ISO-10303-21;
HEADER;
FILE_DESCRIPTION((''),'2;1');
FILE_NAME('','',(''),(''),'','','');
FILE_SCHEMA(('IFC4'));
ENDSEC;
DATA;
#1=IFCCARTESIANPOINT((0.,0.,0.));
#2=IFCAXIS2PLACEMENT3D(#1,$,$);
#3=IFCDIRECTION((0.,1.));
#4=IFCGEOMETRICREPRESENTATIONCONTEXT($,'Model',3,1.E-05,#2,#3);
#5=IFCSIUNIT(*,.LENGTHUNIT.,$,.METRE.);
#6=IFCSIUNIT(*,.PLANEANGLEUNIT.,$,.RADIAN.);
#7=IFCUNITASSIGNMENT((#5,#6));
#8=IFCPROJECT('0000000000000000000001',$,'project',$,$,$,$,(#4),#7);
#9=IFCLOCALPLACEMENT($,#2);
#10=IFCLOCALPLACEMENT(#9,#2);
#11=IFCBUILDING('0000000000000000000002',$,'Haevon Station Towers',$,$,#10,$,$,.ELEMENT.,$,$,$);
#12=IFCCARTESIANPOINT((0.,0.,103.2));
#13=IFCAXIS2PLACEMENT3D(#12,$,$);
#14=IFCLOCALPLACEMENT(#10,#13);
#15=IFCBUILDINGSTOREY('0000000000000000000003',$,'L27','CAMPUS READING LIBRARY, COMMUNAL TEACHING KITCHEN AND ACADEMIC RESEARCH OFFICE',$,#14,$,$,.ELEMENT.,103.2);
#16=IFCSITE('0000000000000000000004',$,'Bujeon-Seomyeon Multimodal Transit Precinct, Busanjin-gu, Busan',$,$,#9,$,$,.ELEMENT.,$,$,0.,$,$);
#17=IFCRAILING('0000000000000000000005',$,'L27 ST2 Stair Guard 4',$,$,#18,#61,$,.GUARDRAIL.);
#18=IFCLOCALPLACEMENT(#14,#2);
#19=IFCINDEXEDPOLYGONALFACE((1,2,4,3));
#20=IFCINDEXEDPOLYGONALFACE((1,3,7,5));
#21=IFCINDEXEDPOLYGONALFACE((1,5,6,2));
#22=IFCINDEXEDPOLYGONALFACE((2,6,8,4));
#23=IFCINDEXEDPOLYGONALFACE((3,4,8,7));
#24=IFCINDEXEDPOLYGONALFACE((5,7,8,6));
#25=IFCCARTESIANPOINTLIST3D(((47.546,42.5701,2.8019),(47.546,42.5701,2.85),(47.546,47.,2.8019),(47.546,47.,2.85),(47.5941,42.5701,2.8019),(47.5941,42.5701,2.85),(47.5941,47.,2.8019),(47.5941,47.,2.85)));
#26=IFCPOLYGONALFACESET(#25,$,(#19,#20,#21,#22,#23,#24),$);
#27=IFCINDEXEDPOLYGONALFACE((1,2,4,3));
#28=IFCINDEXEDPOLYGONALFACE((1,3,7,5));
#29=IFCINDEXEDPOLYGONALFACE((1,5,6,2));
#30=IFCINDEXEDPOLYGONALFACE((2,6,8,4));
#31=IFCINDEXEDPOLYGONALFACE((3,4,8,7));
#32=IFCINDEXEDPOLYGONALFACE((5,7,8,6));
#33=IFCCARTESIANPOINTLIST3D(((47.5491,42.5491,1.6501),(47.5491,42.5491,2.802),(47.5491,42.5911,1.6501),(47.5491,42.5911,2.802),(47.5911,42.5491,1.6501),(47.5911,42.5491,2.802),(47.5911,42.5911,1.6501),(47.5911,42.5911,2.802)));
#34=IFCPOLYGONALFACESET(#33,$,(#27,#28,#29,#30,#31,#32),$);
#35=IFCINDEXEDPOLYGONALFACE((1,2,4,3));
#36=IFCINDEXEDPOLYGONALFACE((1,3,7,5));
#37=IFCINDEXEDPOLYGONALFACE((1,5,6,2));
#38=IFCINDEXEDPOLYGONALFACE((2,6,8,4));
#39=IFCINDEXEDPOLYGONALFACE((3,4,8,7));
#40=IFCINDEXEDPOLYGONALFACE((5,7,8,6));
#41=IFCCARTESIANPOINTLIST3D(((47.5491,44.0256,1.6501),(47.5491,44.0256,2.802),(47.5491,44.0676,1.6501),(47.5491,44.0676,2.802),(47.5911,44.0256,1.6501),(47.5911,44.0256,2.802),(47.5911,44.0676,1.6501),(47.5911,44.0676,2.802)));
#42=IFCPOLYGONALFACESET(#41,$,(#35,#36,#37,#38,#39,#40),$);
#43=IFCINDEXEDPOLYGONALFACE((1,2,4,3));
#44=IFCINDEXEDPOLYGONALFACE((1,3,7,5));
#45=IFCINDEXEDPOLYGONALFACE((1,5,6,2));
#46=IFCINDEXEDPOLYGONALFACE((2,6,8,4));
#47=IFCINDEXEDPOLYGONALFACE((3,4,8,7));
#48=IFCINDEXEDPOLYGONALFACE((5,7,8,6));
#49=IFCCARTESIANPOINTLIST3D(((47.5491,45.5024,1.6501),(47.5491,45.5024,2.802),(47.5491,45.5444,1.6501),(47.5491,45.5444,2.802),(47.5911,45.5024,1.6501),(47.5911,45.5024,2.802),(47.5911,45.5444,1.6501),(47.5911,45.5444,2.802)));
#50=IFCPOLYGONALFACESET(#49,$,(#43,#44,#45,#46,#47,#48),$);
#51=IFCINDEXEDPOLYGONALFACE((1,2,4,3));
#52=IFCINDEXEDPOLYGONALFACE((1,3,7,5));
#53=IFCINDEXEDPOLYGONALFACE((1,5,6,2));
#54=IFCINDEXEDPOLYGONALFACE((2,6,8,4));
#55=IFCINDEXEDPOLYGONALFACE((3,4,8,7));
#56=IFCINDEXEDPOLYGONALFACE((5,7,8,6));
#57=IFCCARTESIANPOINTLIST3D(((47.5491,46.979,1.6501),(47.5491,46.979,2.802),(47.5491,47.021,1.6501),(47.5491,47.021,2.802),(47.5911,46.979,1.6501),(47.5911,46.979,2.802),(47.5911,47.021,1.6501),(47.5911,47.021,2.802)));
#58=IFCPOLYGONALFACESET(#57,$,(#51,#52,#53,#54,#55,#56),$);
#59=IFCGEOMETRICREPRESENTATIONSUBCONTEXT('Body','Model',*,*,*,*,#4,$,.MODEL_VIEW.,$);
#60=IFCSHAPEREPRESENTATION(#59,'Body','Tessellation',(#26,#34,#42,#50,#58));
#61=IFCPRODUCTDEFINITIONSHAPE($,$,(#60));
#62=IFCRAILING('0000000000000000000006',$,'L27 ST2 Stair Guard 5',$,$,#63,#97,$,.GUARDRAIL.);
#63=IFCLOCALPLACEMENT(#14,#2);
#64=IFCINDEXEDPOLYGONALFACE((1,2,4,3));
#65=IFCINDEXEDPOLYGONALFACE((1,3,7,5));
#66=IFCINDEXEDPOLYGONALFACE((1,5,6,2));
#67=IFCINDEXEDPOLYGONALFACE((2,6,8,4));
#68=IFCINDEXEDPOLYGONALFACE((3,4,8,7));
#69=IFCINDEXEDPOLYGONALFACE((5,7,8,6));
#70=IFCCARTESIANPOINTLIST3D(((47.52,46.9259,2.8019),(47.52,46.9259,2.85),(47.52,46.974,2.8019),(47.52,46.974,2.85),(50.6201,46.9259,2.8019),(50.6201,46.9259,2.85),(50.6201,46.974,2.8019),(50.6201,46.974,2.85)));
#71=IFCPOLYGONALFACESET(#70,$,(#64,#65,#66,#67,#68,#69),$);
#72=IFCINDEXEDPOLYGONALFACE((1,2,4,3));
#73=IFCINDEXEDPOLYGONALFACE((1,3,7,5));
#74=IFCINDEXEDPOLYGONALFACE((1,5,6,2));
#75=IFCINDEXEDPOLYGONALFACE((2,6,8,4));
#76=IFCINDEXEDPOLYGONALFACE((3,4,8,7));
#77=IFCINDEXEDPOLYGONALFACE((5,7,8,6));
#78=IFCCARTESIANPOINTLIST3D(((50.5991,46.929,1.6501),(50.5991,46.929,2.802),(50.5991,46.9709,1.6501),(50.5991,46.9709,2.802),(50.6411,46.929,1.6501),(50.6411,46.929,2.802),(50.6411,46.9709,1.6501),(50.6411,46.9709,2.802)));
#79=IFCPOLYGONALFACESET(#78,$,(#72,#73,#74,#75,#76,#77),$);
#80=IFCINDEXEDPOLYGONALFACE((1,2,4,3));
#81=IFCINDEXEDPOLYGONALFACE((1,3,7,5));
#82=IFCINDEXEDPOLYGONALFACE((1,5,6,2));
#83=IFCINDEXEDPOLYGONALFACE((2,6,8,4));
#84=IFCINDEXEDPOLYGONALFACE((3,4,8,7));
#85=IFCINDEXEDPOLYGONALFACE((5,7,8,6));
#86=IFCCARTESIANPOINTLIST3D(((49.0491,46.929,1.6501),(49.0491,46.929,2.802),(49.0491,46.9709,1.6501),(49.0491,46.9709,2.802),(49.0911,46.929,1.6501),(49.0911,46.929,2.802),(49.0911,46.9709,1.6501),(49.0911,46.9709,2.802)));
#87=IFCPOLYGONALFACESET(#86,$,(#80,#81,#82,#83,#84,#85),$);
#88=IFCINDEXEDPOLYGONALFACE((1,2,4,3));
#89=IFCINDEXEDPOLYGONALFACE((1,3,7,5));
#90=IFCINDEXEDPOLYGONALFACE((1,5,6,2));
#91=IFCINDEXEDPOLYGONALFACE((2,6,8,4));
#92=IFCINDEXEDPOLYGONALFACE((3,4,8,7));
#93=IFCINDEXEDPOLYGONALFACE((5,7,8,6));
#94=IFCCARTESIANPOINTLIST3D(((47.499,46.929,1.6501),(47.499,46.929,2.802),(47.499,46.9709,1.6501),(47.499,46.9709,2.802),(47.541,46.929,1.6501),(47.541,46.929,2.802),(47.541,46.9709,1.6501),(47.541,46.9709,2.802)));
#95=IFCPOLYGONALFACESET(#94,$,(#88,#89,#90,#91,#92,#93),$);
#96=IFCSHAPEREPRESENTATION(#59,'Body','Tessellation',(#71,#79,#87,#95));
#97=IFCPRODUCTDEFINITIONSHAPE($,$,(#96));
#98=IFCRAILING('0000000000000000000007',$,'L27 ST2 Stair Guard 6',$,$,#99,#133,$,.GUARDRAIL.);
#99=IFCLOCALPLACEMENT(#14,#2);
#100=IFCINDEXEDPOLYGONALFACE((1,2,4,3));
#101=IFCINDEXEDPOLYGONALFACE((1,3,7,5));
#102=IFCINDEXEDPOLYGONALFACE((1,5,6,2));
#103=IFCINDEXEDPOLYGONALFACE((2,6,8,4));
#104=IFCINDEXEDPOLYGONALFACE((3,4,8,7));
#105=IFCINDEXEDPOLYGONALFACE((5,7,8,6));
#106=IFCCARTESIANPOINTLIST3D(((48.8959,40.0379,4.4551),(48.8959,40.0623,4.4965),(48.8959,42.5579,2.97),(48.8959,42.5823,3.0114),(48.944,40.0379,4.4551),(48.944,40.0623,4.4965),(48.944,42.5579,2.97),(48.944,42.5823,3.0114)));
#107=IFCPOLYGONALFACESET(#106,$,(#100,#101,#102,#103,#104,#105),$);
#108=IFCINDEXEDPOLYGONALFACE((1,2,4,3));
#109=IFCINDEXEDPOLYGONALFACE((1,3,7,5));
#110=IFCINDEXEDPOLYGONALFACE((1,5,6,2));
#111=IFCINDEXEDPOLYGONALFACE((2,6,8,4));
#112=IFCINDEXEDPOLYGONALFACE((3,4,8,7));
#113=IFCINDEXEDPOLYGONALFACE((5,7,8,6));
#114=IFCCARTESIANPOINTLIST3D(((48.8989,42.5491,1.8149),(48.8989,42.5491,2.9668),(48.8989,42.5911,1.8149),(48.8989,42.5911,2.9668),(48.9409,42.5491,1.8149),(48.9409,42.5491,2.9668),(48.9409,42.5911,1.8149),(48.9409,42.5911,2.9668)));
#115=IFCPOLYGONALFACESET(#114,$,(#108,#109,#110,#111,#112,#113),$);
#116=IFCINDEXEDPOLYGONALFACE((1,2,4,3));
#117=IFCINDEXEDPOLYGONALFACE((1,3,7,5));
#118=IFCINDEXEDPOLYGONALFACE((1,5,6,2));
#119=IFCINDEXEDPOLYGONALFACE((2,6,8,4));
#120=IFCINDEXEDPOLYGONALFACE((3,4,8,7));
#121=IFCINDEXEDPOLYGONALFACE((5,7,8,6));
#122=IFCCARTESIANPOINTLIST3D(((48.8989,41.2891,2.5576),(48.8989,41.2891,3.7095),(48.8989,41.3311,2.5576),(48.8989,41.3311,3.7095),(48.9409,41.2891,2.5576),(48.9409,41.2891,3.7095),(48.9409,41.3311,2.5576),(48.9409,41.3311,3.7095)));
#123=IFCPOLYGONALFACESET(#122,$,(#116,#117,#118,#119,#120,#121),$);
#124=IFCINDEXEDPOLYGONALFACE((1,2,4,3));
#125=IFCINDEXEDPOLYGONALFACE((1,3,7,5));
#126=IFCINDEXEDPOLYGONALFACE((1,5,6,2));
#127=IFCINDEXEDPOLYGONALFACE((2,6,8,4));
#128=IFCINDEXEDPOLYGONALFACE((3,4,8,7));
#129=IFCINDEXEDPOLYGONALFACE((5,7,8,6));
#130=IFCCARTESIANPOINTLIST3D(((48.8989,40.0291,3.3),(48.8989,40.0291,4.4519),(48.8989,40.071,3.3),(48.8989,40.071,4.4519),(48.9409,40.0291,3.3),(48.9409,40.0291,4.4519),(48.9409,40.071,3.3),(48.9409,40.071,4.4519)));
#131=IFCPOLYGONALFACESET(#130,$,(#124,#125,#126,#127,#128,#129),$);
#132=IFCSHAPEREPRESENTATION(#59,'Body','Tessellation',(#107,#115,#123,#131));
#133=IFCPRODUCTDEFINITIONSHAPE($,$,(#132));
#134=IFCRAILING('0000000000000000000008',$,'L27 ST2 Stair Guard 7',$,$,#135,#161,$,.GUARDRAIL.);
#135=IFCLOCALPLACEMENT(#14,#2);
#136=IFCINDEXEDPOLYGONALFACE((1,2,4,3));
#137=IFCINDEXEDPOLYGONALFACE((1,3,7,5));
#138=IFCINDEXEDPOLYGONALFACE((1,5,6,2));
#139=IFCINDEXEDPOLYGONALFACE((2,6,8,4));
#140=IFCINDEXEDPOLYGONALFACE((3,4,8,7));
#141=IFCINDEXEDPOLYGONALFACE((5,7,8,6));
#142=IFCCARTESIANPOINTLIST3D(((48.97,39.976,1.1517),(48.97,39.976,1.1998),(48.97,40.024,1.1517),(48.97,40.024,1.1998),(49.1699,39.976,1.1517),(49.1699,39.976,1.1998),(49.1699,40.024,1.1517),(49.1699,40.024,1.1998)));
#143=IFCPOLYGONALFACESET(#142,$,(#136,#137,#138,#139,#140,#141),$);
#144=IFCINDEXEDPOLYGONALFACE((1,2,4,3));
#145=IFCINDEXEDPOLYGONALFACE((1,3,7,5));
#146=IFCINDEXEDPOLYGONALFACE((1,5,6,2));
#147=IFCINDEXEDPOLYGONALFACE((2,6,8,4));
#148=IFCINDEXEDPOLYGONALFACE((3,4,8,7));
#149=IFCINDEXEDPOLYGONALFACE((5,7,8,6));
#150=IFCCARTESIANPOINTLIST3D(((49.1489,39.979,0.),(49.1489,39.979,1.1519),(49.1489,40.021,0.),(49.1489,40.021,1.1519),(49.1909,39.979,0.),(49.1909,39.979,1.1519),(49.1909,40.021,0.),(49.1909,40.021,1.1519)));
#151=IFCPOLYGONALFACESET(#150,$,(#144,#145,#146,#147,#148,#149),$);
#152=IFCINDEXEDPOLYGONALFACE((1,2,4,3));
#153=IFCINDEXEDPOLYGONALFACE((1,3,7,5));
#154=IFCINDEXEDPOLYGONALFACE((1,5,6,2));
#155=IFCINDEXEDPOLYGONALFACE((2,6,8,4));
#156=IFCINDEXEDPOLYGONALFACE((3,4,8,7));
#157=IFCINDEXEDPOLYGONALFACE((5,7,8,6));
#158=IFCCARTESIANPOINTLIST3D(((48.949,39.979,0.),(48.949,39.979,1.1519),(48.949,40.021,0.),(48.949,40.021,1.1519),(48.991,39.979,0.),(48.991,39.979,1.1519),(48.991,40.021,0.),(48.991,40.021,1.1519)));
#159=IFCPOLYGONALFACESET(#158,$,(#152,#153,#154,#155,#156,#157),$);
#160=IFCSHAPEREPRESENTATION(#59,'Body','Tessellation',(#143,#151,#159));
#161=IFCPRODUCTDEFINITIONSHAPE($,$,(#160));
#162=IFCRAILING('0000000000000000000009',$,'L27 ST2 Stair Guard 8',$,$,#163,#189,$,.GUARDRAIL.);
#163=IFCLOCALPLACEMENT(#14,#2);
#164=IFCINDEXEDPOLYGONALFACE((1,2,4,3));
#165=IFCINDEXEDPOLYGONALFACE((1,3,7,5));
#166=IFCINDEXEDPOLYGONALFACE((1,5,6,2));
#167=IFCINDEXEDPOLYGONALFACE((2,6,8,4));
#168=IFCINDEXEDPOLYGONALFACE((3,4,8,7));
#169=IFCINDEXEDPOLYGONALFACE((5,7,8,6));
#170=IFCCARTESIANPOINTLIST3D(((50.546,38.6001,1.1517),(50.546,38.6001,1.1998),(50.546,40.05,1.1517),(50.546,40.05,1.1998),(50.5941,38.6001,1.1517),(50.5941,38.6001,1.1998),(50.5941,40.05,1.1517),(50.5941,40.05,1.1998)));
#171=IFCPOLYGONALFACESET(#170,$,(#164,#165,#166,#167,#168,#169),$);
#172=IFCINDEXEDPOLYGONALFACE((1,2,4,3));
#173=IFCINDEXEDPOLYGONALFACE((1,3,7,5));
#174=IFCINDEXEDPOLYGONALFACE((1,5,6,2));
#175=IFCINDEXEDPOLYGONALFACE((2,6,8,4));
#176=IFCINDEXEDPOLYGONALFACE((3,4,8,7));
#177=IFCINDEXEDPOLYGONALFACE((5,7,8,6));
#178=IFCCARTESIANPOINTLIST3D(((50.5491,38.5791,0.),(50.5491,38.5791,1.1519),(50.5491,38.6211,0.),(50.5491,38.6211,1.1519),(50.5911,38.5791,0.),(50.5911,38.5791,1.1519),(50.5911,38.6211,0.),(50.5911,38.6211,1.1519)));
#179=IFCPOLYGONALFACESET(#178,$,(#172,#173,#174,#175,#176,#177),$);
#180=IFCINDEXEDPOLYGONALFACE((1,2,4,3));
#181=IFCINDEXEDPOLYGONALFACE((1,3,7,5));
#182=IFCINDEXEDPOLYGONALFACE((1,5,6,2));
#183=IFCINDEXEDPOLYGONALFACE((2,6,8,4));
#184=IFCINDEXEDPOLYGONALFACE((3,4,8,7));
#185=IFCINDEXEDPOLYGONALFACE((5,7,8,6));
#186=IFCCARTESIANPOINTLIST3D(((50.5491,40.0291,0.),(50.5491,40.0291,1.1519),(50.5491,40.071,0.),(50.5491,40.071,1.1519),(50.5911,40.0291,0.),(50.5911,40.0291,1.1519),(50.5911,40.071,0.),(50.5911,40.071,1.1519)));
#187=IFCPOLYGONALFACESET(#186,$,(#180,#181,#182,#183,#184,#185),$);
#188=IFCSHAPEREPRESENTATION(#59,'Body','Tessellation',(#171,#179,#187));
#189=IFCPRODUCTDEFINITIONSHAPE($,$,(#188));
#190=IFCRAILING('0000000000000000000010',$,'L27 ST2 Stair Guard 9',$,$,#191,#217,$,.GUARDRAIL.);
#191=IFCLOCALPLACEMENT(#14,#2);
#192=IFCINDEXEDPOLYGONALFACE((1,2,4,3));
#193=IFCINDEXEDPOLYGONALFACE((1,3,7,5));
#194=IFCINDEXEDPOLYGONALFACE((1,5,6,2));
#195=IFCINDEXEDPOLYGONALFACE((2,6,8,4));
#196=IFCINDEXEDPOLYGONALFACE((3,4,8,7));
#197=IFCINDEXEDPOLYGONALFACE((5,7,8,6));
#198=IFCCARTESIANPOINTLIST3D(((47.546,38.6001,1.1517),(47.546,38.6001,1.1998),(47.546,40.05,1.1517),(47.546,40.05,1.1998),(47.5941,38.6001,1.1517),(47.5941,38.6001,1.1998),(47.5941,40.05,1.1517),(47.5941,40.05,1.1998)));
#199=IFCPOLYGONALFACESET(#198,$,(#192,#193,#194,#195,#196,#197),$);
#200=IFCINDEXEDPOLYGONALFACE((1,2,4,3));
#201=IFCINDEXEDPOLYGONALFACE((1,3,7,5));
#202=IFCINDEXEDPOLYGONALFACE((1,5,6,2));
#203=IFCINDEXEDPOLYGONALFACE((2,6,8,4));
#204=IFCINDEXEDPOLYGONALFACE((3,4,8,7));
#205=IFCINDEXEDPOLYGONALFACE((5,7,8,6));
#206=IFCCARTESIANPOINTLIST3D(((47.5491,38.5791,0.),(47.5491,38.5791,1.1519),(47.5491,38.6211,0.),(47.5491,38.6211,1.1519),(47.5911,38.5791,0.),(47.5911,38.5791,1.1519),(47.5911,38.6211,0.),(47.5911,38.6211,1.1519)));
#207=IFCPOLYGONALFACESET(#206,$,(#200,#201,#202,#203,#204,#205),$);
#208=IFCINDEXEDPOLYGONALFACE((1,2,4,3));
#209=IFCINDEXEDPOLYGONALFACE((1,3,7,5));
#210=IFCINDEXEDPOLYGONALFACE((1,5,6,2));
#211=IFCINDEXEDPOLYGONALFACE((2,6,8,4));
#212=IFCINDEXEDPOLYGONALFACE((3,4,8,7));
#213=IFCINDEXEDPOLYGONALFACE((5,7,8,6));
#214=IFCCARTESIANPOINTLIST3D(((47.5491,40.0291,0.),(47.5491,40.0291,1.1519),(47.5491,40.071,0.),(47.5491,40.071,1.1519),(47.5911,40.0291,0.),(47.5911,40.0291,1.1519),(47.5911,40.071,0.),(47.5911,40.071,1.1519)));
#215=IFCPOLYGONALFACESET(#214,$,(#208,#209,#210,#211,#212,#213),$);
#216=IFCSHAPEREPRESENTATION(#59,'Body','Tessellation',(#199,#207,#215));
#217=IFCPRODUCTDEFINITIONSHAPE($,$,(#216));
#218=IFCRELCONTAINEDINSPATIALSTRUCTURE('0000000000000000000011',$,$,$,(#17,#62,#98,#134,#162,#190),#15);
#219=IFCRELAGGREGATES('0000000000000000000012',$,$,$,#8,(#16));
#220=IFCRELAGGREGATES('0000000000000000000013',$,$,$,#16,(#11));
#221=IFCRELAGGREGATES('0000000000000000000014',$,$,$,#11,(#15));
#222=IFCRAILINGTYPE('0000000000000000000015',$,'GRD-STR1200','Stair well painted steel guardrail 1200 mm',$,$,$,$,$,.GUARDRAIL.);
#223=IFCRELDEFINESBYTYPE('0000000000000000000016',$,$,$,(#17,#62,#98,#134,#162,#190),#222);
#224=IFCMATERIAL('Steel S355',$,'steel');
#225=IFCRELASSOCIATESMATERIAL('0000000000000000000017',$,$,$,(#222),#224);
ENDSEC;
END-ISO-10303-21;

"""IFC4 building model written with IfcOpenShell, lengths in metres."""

from ifc_helpers import new_model, si_unit, direction, frame, origin, origin_2d, place, context, subcontext, project, spatial, rectangle, extrude, material, type_object, element, save


model = new_model("IFC4")

# Units and contexts
model_context = context("Model", 3, precision=1e-05, world=origin(), true_north=direction((0.0, 1.0)))
body_context = subcontext(model_context, "Body", "Model", "MODEL_VIEW")
ifc_project = project(units=[si_unit("LENGTHUNIT", "METRE"), si_unit("PLANEANGLEUNIT", "RADIAN")], contexts=[model_context])

# Site, building, storey
site_placement = place(None, origin())
site = spatial("IfcSite", under=ifc_project, at=site_placement, Name="Bujeon-Seomyeon Multimodal Transit Precinct, Busanjin-gu, Busan", CompositionType="ELEMENT", RefElevation=0.0)
building_placement = place(site_placement, origin())
building = spatial("IfcBuilding", under=site, at=building_placement, Name="Haevon Station Towers", CompositionType="ELEMENT")
storey_placement = place(building_placement, frame((0.0, 0.0, 103.2)))
storey = spatial("IfcBuildingStorey", under=building, at=storey_placement, Name="L27", Description="CAMPUS READING LIBRARY, COMMUNAL TEACHING KITCHEN AND ACADEMIC RESEARCH OFFICE", CompositionType="ELEMENT", Elevation=103.2)

# Shared definitions
ifc_material_1 = material(Name="Steel S355", Category="steel")

# Railings
railing_type_1 = type_object("IfcRailingType", Name="GRD-STR1200", Description="Stair well painted steel guardrail 1200 mm", PredefinedType="GUARDRAIL", material=ifc_material_1)
for number, where, name in (
    (1, (47.5701, 42.5701, 1.6501), "L27 ST2 Stair Guard 4"),
):
    element("IfcRailing", number, at=place(storey_placement, frame(where)), inside=storey, type_object=railing_type_1, Name=name, PredefinedType="GUARDRAIL", context=body_context, shape_type="SweptSolid", body=[
        extrude(rectangle(XDim=0.0481, YDim=0.0481, at=origin_2d()), frame((0.0, 0.0, 1.1758), z_axis=(0.0, 1.0, 0.0), x_axis=(-1.0, 0.0, 0.0)), (0.0, 0.0, 1.0), 4.4299),
        extrude(rectangle(XDim=0.042, YDim=0.042, at=origin_2d()), origin(), (0.0, 0.0, 1.0), 1.1519),
        extrude(rectangle(XDim=0.042, YDim=0.042, at=origin_2d()), frame((0.0, 1.4766, 0.0)), (0.0, 0.0, 1.0), 1.1519),
        extrude(rectangle(XDim=0.042, YDim=0.042, at=origin_2d()), frame((0.0, 2.9534, 0.0)), (0.0, 0.0, 1.0), 1.1519),
        extrude(rectangle(XDim=0.042, YDim=0.042, at=origin_2d()), frame((0.0, 4.4299, 0.0)), (0.0, 0.0, 1.0), 1.1519),
    ])
railing_1_placement = place(storey_placement, frame((50.6201, 46.95, 1.6501)))
element("IfcRailing", 2, at=railing_1_placement, inside=storey, type_object=railing_type_1, Name="L27 ST2 Stair Guard 5", PredefinedType="GUARDRAIL", context=body_context, shape_type="SweptSolid", body=[
    extrude(rectangle(XDim=0.0481, YDim=0.0481, at=origin_2d()), frame((0.0, 0.0, 1.1758), z_axis=(-1.0, 0.0, 0.0), x_axis=(0.0, -1.0, 0.0)), (0.0, 0.0, 1.0), 3.1001),
    extrude(rectangle(XDim=0.042, YDim=0.042, at=origin_2d()), origin(), (0.0, 0.0, 1.0), 1.1519),
    extrude(rectangle(XDim=0.042, YDim=0.042, at=origin_2d()), frame((-1.55, 0.0, 0.0)), (0.0, 0.0, 1.0), 1.1519),
    extrude(rectangle(XDim=0.042, YDim=0.042, at=origin_2d()), frame((-3.1001, 0.0, 0.0)), (0.0, 0.0, 1.0), 1.1519),
])
railing_2_placement = place(storey_placement, frame((48.9199, 42.5701, 1.8149)))
element("IfcRailing", 3, at=railing_2_placement, inside=storey, type_object=railing_type_1, Name="L27 ST2 Stair Guard 6", PredefinedType="GUARDRAIL", context=body_context, shape_type="SweptSolid", body=[
    extrude(rectangle(XDim=0.0481, YDim=0.0481, at=origin_2d()), frame((0.0, 0.0, 1.1758), z_axis=(0.0, -0.861524, 0.507717), x_axis=(1.0, 0.0, 0.0)), (0.0, 0.0, 1.0), 2.925),
    extrude(rectangle(XDim=0.042, YDim=0.042, at=origin_2d()), origin(), (0.0, 0.0, 1.0), 1.1519),
    extrude(rectangle(XDim=0.042, YDim=0.042, at=origin_2d()), frame((0.0, -1.26, 0.7427)), (0.0, 0.0, 1.0), 1.1519),
    extrude(rectangle(XDim=0.042, YDim=0.042, at=origin_2d()), frame((0.0, -2.52, 1.4851)), (0.0, 0.0, 1.0), 1.1519),
])
railing_3_placement = place(storey_placement, frame((49.1699, 40.0, 0.0)))
element("IfcRailing", 4, at=railing_3_placement, inside=storey, type_object=railing_type_1, Name="L27 ST2 Stair Guard 7", PredefinedType="GUARDRAIL", context=body_context, shape_type="SweptSolid", body=[
    extrude(rectangle(XDim=0.0481, YDim=0.0481, at=origin_2d()), frame((0.0, 0.0, 1.1758), z_axis=(-1.0, 0.0, 0.0), x_axis=(0.0, -1.0, 0.0)), (0.0, 0.0, 1.0), 0.2),
    extrude(rectangle(XDim=0.042, YDim=0.042, at=origin_2d()), origin(), (0.0, 0.0, 1.0), 1.1519),
    extrude(rectangle(XDim=0.042, YDim=0.042, at=origin_2d()), frame((-0.2, 0.0, 0.0)), (0.0, 0.0, 1.0), 1.1519),
])
for number, where, name in (
    (5, (50.5701, 38.6001, 0.0), "L27 ST2 Stair Guard 8"),
    (6, (47.5701, 38.6001, 0.0), "L27 ST2 Stair Guard 9"),
):
    element("IfcRailing", number, at=place(storey_placement, frame(where)), inside=storey, type_object=railing_type_1, Name=name, PredefinedType="GUARDRAIL", context=body_context, shape_type="SweptSolid", body=[
        extrude(rectangle(XDim=0.0481, YDim=0.0481, at=origin_2d()), frame((0.0, 0.0, 1.1758), z_axis=(0.0, 1.0, 0.0), x_axis=(-1.0, 0.0, 0.0)), (0.0, 0.0, 1.0), 1.45),
        extrude(rectangle(XDim=0.042, YDim=0.042, at=origin_2d()), origin(), (0.0, 0.0, 1.0), 1.1519),
        extrude(rectangle(XDim=0.042, YDim=0.042, at=origin_2d()), frame((0.0, 1.45, 0.0)), (0.0, 0.0, 1.0), 1.1519),
    ])

save(model, "model.ifc")
